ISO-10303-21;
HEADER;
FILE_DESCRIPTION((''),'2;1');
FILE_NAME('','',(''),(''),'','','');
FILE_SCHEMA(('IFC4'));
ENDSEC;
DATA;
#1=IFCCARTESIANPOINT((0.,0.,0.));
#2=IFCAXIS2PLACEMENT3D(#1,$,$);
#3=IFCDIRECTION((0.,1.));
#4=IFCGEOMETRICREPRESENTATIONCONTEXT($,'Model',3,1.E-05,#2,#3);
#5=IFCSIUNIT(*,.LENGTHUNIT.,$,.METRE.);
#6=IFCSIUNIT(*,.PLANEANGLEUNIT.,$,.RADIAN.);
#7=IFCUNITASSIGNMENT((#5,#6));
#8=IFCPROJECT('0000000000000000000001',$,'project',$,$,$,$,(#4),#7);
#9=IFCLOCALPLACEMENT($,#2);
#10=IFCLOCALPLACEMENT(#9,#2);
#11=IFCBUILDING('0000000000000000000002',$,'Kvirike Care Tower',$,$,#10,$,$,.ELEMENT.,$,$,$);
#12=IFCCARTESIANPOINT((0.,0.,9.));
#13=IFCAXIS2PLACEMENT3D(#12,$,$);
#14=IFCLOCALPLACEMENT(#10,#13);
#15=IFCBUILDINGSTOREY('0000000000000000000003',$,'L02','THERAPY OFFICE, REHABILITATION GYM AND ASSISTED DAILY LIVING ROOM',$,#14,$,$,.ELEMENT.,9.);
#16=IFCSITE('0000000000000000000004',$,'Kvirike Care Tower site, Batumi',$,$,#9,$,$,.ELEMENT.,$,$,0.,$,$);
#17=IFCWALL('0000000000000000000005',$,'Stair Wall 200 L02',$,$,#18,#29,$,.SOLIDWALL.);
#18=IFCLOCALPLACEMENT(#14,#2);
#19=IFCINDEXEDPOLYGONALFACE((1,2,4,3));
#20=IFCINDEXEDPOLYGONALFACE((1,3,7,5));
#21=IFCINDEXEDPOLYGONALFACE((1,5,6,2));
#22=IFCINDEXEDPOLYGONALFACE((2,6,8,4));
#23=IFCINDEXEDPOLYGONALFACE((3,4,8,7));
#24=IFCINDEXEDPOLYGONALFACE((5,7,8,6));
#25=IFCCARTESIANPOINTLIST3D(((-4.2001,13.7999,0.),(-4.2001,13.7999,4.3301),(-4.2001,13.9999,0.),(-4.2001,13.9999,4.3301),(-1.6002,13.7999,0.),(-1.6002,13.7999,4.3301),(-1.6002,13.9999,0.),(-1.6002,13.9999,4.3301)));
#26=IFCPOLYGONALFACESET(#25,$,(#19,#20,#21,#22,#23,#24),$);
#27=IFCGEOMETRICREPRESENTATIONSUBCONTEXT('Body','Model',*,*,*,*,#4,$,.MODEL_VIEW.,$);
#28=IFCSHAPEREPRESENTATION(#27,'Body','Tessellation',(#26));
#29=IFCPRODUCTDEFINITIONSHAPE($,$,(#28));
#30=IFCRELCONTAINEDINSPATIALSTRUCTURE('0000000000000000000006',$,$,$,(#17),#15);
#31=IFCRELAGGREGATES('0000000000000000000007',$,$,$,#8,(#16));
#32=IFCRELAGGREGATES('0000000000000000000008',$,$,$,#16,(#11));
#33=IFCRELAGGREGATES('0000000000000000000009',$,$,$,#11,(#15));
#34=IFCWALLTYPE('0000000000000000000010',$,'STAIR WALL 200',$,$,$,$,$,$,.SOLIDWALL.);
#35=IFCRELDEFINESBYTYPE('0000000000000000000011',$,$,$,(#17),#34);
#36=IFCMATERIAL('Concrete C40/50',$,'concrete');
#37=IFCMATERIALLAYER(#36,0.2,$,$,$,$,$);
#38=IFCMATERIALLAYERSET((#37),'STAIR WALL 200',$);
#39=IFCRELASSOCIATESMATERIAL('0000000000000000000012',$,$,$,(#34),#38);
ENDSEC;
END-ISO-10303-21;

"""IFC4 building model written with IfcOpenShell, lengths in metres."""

from ifc_helpers import new_model, si_unit, direction, frame, frame_2d, origin, place, context, subcontext, project, spatial, rectangle, extrude, material, layer, layer_set, type_object, element, save


model = new_model("IFC4")

# Units and contexts
model_context = context("Model", 3, precision=1e-05, world=origin(), true_north=direction((0.0, 1.0)))
body_context = subcontext(model_context, "Body", "Model", "MODEL_VIEW")
ifc_project = project(units=[si_unit("LENGTHUNIT", "METRE"), si_unit("PLANEANGLEUNIT", "RADIAN")], contexts=[model_context])

# Site, building, storey
site_placement = place(None, origin())
site = spatial("IfcSite", under=ifc_project, at=site_placement, Name="Kvirike Care Tower site, Batumi", CompositionType="ELEMENT", RefElevation=0.0)
building_placement = place(site_placement, origin())
building = spatial("IfcBuilding", under=site, at=building_placement, Name="Kvirike Care Tower", CompositionType="ELEMENT")
storey_placement = place(building_placement, frame((0.0, 0.0, 9.0)))
storey = spatial("IfcBuildingStorey", under=building, at=storey_placement, Name="L02", Description="THERAPY OFFICE, REHABILITATION GYM AND ASSISTED DAILY LIVING ROOM", CompositionType="ELEMENT", Elevation=9.0)

# Wall
ifc_material_1 = material(Name="Concrete C40/50", Category="concrete")
ifc_layer_1 = layer(ifc_material_1, 0.2)
ifc_layer_set_1 = layer_set([ifc_layer_1], Name="STAIR WALL 200")
wall_type = type_object("IfcWallType", Name="STAIR WALL 200", PredefinedType="SOLIDWALL", material=ifc_layer_set_1)
wall_placement = place(storey_placement, frame((-4.2, 13.8999, 0.0), z_axis=(0.0, 0.0, 1.0), x_axis=(1.0, 0.0, 0.0)))
element("IfcWall", 1, at=wall_placement, inside=storey, type_object=wall_type, Name="Stair Wall 200 L02", PredefinedType="SOLIDWALL", context=body_context, shape_type="SweptSolid", body=[
    extrude(rectangle(XDim=2.5999, YDim=0.2, at=frame_2d((1.2998, 0.0))), origin(), (0.0, 0.0, 1.0), 4.3301),
])

save(model, "model.ifc")
